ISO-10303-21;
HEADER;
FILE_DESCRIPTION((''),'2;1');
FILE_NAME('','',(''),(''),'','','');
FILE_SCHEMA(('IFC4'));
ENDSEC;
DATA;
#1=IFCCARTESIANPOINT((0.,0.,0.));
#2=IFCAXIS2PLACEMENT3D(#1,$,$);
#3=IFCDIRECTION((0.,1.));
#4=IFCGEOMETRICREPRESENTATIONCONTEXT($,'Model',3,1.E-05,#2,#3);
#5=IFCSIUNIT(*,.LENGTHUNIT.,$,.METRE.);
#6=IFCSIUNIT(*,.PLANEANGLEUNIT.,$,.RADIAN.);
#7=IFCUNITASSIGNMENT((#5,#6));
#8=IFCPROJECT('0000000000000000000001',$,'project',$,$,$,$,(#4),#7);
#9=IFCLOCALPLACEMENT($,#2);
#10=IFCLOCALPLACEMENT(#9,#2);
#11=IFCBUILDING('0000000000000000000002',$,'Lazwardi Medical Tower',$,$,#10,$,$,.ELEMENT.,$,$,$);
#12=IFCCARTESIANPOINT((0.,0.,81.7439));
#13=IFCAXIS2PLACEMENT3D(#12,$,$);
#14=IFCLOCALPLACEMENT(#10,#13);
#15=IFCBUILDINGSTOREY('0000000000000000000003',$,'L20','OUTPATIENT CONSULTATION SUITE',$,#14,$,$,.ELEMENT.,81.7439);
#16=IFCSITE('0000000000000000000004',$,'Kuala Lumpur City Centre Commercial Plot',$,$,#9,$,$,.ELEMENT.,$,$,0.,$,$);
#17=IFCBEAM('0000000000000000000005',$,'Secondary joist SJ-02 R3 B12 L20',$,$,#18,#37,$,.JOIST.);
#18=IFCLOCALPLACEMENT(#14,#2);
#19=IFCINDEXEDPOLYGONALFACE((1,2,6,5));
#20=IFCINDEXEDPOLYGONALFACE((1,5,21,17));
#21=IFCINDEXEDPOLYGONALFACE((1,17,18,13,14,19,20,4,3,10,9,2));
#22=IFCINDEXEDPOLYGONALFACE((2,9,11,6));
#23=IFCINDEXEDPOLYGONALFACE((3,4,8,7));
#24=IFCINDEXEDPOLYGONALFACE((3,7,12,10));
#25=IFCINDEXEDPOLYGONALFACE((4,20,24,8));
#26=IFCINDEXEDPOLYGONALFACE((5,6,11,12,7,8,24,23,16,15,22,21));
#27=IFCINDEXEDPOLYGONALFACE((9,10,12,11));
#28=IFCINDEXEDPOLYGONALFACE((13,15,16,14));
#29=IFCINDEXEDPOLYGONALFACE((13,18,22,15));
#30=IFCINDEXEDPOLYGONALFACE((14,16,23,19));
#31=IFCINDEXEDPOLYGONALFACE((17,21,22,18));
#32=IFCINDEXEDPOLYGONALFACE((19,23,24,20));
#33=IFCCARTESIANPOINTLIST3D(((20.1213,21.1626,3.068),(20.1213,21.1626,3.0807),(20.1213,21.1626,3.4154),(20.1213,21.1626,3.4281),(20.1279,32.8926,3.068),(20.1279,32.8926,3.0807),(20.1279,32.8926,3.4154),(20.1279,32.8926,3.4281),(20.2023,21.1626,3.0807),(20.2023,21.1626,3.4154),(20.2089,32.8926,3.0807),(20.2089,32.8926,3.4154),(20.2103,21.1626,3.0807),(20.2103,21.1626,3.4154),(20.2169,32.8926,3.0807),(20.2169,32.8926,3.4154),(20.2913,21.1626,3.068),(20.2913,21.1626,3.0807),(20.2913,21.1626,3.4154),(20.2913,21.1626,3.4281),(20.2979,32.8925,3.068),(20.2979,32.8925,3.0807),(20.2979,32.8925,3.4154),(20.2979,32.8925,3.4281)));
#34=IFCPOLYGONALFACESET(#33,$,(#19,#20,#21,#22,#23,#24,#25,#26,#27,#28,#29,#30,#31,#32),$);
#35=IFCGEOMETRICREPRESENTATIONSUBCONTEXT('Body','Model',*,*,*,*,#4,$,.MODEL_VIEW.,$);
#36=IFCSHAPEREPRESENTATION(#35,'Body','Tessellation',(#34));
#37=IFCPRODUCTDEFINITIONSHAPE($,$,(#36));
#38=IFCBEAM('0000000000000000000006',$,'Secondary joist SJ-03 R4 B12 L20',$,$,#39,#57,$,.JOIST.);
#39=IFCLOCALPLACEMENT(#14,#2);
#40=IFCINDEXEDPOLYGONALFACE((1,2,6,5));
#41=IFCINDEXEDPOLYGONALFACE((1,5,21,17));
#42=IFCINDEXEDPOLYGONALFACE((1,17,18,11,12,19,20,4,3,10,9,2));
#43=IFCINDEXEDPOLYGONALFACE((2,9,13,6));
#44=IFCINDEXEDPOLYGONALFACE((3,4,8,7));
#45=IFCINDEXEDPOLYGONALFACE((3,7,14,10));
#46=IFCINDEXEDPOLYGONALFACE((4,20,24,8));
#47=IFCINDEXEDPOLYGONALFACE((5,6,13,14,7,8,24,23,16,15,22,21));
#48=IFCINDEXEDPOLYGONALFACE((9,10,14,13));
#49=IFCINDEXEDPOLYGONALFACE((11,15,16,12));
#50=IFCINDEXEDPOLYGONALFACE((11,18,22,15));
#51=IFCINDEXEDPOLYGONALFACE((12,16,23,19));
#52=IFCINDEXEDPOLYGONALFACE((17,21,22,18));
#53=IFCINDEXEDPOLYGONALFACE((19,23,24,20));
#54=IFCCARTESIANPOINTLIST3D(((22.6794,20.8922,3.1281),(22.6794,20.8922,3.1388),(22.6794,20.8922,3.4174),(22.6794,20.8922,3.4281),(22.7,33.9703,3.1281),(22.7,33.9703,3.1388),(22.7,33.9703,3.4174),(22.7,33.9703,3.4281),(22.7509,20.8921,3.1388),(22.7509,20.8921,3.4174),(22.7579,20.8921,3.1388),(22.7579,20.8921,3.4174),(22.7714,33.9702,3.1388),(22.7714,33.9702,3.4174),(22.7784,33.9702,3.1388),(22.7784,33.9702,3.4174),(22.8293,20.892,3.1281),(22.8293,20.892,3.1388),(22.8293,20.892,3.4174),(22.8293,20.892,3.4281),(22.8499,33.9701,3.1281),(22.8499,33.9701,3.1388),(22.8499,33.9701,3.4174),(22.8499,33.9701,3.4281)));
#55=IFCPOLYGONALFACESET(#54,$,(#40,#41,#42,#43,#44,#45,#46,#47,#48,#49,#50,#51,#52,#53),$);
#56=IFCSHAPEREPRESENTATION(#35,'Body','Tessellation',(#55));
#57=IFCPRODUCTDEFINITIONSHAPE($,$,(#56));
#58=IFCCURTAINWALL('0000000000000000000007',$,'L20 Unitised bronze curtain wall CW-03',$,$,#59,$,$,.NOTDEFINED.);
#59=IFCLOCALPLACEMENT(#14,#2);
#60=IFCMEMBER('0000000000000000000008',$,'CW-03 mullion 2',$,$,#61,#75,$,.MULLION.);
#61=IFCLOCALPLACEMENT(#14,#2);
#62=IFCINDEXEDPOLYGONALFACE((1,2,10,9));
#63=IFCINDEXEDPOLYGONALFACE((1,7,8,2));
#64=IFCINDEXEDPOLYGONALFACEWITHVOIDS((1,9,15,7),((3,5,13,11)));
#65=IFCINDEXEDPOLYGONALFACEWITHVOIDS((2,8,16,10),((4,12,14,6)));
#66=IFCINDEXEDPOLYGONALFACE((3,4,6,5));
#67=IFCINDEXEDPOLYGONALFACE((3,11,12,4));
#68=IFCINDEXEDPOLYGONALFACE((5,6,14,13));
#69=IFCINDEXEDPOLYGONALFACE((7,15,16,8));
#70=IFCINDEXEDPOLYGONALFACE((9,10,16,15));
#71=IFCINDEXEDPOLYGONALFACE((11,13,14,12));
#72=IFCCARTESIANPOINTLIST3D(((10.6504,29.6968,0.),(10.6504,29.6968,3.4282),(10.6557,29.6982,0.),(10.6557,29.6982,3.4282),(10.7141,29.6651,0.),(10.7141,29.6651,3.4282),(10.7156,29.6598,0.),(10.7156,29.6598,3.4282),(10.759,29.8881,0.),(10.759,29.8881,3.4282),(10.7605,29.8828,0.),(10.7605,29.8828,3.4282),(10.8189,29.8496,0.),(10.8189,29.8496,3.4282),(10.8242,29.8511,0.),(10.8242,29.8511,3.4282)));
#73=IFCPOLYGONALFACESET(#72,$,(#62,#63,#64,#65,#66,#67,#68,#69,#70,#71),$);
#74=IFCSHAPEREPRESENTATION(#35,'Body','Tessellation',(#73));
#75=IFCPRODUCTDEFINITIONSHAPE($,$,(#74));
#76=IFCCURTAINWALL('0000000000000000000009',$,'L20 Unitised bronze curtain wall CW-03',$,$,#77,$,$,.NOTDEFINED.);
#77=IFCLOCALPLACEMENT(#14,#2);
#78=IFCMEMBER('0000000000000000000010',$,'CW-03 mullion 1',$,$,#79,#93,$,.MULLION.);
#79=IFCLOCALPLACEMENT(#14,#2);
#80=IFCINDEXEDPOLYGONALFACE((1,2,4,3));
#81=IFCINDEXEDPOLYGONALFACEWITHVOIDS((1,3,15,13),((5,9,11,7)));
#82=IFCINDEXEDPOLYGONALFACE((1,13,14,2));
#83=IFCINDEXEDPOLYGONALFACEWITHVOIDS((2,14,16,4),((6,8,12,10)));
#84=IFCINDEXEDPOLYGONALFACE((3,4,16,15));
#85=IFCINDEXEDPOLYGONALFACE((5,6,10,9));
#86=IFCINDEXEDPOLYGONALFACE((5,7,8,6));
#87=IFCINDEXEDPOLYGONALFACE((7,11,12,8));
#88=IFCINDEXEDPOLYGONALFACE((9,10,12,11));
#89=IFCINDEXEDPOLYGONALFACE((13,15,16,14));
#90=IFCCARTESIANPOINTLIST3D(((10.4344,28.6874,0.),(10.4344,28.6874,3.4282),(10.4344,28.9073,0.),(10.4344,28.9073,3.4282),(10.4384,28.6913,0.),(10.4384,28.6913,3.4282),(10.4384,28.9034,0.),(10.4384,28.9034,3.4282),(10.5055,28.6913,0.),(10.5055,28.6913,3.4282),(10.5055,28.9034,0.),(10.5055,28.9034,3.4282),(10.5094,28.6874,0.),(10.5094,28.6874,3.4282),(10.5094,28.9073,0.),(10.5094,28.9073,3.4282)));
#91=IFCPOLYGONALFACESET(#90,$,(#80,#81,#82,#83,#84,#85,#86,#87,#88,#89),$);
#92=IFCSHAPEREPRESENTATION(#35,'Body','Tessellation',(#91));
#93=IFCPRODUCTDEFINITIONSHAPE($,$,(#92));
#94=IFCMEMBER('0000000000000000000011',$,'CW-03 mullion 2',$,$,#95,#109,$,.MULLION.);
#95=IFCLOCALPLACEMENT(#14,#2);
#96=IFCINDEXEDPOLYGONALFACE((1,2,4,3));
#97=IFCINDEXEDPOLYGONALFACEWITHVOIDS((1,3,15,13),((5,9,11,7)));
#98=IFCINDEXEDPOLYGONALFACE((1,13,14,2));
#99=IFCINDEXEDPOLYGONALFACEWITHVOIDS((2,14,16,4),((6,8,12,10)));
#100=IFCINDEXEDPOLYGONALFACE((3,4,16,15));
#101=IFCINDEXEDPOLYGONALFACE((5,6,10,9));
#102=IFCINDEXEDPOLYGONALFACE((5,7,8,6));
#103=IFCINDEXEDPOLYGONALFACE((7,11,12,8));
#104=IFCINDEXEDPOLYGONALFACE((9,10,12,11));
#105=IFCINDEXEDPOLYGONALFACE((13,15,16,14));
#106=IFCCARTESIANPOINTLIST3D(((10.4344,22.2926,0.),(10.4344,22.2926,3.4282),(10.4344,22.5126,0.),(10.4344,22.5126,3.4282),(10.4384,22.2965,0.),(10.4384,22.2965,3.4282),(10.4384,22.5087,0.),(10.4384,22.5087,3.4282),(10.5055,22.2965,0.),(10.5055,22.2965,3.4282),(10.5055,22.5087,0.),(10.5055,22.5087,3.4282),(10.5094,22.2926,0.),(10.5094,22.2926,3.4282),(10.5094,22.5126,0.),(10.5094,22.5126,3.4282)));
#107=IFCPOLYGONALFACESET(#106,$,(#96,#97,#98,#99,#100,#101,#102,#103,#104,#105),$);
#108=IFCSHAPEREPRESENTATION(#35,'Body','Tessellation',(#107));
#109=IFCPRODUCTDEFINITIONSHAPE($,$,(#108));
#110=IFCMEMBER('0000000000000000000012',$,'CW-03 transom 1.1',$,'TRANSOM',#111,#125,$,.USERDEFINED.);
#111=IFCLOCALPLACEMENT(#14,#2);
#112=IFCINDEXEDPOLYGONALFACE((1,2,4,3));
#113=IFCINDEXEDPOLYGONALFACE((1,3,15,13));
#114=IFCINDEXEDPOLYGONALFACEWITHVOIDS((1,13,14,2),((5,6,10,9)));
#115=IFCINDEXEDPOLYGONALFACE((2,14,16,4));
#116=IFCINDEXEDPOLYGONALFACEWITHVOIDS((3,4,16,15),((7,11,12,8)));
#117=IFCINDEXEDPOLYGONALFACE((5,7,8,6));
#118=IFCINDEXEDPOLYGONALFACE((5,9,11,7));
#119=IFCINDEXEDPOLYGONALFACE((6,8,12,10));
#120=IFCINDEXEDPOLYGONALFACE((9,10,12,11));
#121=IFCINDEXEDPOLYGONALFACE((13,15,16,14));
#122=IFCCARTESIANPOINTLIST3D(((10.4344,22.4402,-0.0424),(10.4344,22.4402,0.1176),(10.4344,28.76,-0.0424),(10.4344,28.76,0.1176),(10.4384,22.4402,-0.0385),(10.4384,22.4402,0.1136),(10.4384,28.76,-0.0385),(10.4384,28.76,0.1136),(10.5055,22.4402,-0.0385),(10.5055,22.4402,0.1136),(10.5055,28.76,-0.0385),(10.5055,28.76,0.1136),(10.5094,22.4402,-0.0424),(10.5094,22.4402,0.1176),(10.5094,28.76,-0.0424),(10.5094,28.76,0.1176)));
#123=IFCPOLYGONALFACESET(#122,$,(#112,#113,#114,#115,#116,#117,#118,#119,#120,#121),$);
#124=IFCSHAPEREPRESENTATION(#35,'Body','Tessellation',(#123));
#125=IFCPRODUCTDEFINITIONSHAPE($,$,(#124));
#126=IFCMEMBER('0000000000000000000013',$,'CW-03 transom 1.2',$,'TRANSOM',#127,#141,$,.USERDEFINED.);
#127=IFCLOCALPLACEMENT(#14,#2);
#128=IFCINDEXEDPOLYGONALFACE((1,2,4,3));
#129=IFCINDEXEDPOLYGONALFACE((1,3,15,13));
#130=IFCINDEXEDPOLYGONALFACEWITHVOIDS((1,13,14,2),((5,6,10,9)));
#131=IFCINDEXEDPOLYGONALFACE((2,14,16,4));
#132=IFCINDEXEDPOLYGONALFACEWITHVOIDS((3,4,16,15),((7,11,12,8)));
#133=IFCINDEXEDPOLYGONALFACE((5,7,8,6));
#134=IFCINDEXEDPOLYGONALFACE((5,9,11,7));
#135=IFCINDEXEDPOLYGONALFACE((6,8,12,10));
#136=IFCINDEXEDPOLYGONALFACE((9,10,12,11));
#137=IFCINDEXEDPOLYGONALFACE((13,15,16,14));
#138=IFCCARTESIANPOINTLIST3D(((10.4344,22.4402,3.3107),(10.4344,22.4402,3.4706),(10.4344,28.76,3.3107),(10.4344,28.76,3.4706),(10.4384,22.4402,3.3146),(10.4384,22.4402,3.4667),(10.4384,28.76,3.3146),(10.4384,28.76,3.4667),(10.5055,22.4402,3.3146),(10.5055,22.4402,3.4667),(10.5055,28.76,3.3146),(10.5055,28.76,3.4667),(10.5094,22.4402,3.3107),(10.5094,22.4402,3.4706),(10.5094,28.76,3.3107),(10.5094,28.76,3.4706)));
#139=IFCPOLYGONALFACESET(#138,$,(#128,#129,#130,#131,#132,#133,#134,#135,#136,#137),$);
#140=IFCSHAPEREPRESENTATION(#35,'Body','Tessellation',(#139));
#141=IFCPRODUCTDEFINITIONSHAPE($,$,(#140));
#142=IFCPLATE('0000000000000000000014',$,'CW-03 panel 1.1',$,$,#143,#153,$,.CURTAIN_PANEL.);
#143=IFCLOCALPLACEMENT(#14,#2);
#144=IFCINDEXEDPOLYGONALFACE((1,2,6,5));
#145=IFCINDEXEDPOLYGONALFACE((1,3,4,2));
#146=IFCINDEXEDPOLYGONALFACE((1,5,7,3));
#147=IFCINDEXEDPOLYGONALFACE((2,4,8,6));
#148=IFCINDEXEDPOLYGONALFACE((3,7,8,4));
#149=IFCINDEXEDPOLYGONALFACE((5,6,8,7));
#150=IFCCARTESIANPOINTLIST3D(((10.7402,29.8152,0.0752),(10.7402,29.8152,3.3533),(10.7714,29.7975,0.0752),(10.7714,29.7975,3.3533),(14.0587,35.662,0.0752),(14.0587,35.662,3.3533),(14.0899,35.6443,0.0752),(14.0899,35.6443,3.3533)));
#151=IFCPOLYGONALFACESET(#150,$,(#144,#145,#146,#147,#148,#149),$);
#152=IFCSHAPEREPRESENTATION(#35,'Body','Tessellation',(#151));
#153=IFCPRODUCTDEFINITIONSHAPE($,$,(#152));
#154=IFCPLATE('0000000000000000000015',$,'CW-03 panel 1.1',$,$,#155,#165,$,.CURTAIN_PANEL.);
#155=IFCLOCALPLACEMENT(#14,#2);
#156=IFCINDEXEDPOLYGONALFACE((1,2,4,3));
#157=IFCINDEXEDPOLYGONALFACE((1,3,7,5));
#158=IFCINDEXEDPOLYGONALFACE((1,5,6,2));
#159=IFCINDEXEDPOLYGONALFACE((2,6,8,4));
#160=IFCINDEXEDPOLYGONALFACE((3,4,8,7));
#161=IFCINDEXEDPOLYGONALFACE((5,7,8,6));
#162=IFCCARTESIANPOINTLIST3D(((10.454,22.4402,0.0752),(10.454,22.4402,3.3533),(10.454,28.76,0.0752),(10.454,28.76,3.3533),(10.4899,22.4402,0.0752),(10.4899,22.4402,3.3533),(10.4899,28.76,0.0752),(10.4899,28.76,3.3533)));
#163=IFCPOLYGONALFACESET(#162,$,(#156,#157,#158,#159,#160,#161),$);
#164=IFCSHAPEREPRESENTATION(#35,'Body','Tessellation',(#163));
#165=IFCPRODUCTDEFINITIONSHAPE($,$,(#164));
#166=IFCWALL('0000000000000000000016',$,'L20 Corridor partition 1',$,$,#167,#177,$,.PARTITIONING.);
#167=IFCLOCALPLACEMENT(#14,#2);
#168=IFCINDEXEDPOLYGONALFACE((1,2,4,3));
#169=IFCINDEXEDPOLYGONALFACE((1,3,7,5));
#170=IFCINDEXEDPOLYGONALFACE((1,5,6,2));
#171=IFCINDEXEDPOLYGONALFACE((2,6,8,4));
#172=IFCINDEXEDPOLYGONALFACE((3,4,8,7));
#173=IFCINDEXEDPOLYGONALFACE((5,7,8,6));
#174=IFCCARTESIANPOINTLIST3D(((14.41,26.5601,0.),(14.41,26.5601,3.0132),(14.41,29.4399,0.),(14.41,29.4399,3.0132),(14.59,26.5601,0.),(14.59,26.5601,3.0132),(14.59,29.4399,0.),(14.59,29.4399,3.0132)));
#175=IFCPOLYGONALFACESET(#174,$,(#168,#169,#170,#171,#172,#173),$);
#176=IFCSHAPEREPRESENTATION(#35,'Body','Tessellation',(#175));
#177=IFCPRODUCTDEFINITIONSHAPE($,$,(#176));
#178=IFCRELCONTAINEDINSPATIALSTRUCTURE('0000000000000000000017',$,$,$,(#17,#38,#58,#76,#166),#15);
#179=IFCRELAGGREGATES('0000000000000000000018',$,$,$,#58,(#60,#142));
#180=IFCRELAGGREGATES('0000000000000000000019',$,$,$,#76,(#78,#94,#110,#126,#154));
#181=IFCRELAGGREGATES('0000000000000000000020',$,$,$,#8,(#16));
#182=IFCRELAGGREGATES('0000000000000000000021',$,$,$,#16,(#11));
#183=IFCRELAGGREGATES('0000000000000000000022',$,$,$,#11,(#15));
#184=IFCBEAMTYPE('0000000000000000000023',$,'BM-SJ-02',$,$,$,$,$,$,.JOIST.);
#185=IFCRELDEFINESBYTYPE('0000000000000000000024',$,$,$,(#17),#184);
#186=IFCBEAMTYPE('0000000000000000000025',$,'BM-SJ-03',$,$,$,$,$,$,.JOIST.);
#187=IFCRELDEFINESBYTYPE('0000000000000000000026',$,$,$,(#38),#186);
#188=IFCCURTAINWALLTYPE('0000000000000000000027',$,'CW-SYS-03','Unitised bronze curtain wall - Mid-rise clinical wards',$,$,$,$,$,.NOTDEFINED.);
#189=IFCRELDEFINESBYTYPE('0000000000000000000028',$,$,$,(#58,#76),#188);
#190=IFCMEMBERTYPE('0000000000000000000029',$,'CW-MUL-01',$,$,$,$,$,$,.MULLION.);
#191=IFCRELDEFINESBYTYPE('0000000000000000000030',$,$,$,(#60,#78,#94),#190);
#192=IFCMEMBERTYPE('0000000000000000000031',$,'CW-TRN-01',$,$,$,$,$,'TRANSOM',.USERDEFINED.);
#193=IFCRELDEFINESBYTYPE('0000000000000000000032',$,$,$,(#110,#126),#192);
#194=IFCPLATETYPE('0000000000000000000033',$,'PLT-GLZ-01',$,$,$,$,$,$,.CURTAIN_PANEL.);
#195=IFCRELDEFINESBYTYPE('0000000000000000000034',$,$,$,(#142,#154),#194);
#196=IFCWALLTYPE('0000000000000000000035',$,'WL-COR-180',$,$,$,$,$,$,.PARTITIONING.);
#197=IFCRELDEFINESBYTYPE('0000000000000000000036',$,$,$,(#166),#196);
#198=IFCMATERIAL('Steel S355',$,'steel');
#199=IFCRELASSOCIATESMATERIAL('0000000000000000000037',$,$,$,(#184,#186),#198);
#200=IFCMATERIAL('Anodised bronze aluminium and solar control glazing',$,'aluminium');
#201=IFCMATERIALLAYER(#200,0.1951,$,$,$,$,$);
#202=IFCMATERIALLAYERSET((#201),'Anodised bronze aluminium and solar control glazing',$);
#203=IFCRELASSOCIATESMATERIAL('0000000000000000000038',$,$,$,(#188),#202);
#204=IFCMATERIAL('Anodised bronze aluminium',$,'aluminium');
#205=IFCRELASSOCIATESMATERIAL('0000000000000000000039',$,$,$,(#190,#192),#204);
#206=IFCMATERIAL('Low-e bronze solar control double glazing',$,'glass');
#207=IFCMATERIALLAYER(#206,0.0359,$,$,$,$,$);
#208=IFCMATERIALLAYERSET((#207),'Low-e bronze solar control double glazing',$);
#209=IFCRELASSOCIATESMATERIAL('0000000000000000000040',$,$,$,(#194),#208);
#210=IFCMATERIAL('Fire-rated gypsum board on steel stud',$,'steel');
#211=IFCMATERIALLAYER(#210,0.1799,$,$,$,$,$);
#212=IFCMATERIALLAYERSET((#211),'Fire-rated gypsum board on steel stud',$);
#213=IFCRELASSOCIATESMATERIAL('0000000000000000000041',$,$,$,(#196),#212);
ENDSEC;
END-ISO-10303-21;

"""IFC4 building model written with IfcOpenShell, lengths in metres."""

from ifc_helpers import new_model, si_unit, direction, frame, frame_2d, origin, origin_2d, place, context, subcontext, project, spatial, rectangle, hollow_rectangle, i_section, extrude, material, layer, layer_set, material_profile, profile_set, type_object, element, aggregate, save


model = new_model("IFC4")

# Units and contexts
model_context = context("Model", 3, precision=1e-05, world=origin(), true_north=direction((0.0, 1.0)))
body_context = subcontext(model_context, "Body", "Model", "MODEL_VIEW")
ifc_project = project(units=[si_unit("LENGTHUNIT", "METRE"), si_unit("PLANEANGLEUNIT", "RADIAN")], contexts=[model_context])

# Site, building, storey
site_placement = place(None, origin())
site = spatial("IfcSite", under=ifc_project, at=site_placement, Name="Kuala Lumpur City Centre Commercial Plot", CompositionType="ELEMENT", RefElevation=0.0)
building_placement = place(site_placement, origin())
building = spatial("IfcBuilding", under=site, at=building_placement, Name="Lazwardi Medical Tower", CompositionType="ELEMENT")
storey_placement = place(building_placement, frame((0.0, 0.0, 81.7439)))
storey = spatial("IfcBuildingStorey", under=building, at=storey_placement, Name="L20", Description="OUTPATIENT CONSULTATION SUITE", CompositionType="ELEMENT", Elevation=81.7439)

# Beams
ifc_material_1 = material(Name="Steel S355", Category="steel")
ifc_material_profile_1 = material_profile(ifc_material_1, i_section(OverallWidth=0.1699, OverallDepth=0.3601, WebThickness=0.0081, FlangeThickness=0.0127, at=origin_2d()), Name="IPE 360")
ifc_profile_set_1 = profile_set([ifc_material_profile_1], Name="Steel S355")
beam_type_1 = type_object("IfcBeamType", Name="BM-SJ-02", PredefinedType="JOIST", material=ifc_profile_set_1)
beam_1_placement = place(storey_placement, frame((20.2129, 32.8926, 3.248), z_axis=(-0.000562, -1.0, 0.0), x_axis=(1.0, -0.000562, 0.0)))
element("IfcBeam", 1, at=beam_1_placement, inside=storey, type_object=beam_type_1, Name="Secondary joist SJ-02 R3 B12 L20", PredefinedType="JOIST", context=body_context, shape_type="SweptSolid", body=[
    extrude(i_section(OverallWidth=0.1699, OverallDepth=0.3601, WebThickness=0.0081, FlangeThickness=0.0127, at=origin_2d()), origin(), (0.0, 0.0, 1.0), 11.73),
])
ifc_material_profile_2 = material_profile(ifc_material_1, i_section(OverallWidth=0.1499, OverallDepth=0.3, WebThickness=0.0071, FlangeThickness=0.0107, at=origin_2d()), Name="IPE 300")
ifc_profile_set_2 = profile_set([ifc_material_profile_2], Name="Steel S355")
beam_type_2 = type_object("IfcBeamType", Name="BM-SJ-03", PredefinedType="JOIST", material=ifc_profile_set_2)
beam_2_placement = place(storey_placement, frame((22.7749, 33.9702, 3.2781), z_axis=(-0.001568, -0.999999, 0.0), x_axis=(0.999999, -0.001568, 0.0)))
element("IfcBeam", 2, at=beam_2_placement, inside=storey, type_object=beam_type_2, Name="Secondary joist SJ-03 R4 B12 L20", PredefinedType="JOIST", context=body_context, shape_type="SweptSolid", body=[
    extrude(i_section(OverallWidth=0.1499, OverallDepth=0.3, WebThickness=0.0071, FlangeThickness=0.0107, at=origin_2d()), origin(), (0.0, 0.0, 1.0), 13.0781),
])

# Curtain wall, member
ifc_material_2 = material(Name="Anodised bronze aluminium and solar control glazing", Category="aluminium")
ifc_layer_1 = layer(ifc_material_2, 0.1951)
ifc_layer_set_1 = layer_set([ifc_layer_1], Name="Anodised bronze aluminium and solar control glazing")
curtain_wall_type = type_object("IfcCurtainWallType", Name="CW-SYS-03", Description="Unitised bronze curtain wall - Mid-rise clinical wards", PredefinedType="NOTDEFINED", material=ifc_layer_set_1)
curtain_wall_1_placement = place(storey_placement, origin())
curtain_wall_1 = element("IfcCurtainWall", 3, at=curtain_wall_1_placement, inside=storey, type_object=curtain_wall_type, Name="L20 Unitised bronze curtain wall CW-03", PredefinedType="NOTDEFINED")
ifc_material_3 = material(Name="Anodised bronze aluminium", Category="aluminium")
ifc_material_profile_3 = material_profile(ifc_material_3, hollow_rectangle(XDim=0.075, YDim=0.22, WallThickness=0.0039, at=origin_2d()), Name="ALU-MULLION 220x75x4")
ifc_profile_set_3 = profile_set([ifc_material_profile_3], Name="Anodised bronze aluminium")
member_type_1 = type_object("IfcMemberType", Name="CW-MUL-01", PredefinedType="MULLION", material=ifc_profile_set_3)
member_1_placement = place(storey_placement, frame((10.7373, 29.7739, 0.0), z_axis=(0.0, 0.0, 1.0), x_axis=(0.869687, -0.493603, 0.0)))
member_1 = element("IfcMember", 4, at=member_1_placement, type_object=member_type_1, Name="CW-03 mullion 2", PredefinedType="MULLION", context=body_context, shape_type="SweptSolid", body=[
    extrude(hollow_rectangle(XDim=0.075, YDim=0.22, WallThickness=0.0039, at=origin_2d()), origin(), (0.0, 0.0, 1.0), 3.4282),
])

# Curtain wall, members
curtain_wall_2_placement = place(storey_placement, origin())
curtain_wall_2 = element("IfcCurtainWall", 5, at=curtain_wall_2_placement, inside=storey, type_object=curtain_wall_type, Name="L20 Unitised bronze curtain wall CW-03", PredefinedType="NOTDEFINED")
member_2_placement = place(storey_placement, frame((10.4719, 28.7974, 0.0), z_axis=(0.0, 0.0, 1.0), x_axis=(1.0, 0.0, 0.0)))
member_2 = element("IfcMember", 6, at=member_2_placement, type_object=member_type_1, Name="CW-03 mullion 1", PredefinedType="MULLION", context=body_context, shape_type="SweptSolid", body=[
    extrude(hollow_rectangle(XDim=0.075, YDim=0.22, WallThickness=0.0039, at=origin_2d()), origin(), (0.0, 0.0, 1.0), 3.4282),
])
member_3_placement = place(storey_placement, frame((10.4719, 22.4026, 0.0), z_axis=(0.0, 0.0, 1.0), x_axis=(1.0, 0.0, 0.0)))
member_3 = element("IfcMember", 7, at=member_3_placement, type_object=member_type_1, Name="CW-03 mullion 2", PredefinedType="MULLION", context=body_context, shape_type="SweptSolid", body=[
    extrude(hollow_rectangle(XDim=0.075, YDim=0.22, WallThickness=0.0039, at=origin_2d()), origin(), (0.0, 0.0, 1.0), 3.4282),
])
ifc_material_profile_4 = material_profile(ifc_material_3, hollow_rectangle(XDim=0.075, YDim=0.1599, WallThickness=0.0039, at=origin_2d()), Name="ALU-TRANSOM 160x75x4")
ifc_profile_set_4 = profile_set([ifc_material_profile_4], Name="Anodised bronze aluminium")
member_type_2 = type_object("IfcMemberType", Name="CW-TRN-01", ElementType="TRANSOM", PredefinedType="USERDEFINED", material=ifc_profile_set_4)
member_4_placement = place(storey_placement, frame((10.4719, 28.76, 0.0376), z_axis=(0.0, -1.0, 0.0), x_axis=(1.0, 0.0, 0.0)))
member_4 = element("IfcMember", 8, at=member_4_placement, type_object=member_type_2, Name="CW-03 transom 1.1", ObjectType="TRANSOM", PredefinedType="USERDEFINED", context=body_context, shape_type="SweptSolid", body=[
    extrude(hollow_rectangle(XDim=0.075, YDim=0.1599, WallThickness=0.0039, at=origin_2d()), origin(), (0.0, 0.0, 1.0), 6.3198),
])
member_5_placement = place(storey_placement, frame((10.4719, 28.76, 3.3906), z_axis=(0.0, -1.0, 0.0), x_axis=(1.0, 0.0, 0.0)))
member_5 = element("IfcMember", 9, at=member_5_placement, type_object=member_type_2, Name="CW-03 transom 1.2", ObjectType="TRANSOM", PredefinedType="USERDEFINED", context=body_context, shape_type="SweptSolid", body=[
    extrude(hollow_rectangle(XDim=0.075, YDim=0.1599, WallThickness=0.0039, at=origin_2d()), origin(), (0.0, 0.0, 1.0), 6.3198),
])

# Plates
ifc_material_4 = material(Name="Low-e bronze solar control double glazing", Category="glass")
ifc_layer_2 = layer(ifc_material_4, 0.0359)
ifc_layer_set_2 = layer_set([ifc_layer_2], Name="Low-e bronze solar control double glazing")
plate_type = type_object("IfcPlateType", Name="PLT-GLZ-01", PredefinedType="CURTAIN_PANEL", material=ifc_layer_set_2)
plate_1_placement = place(storey_placement, frame((12.415, 32.7297, 0.0752), z_axis=(0.0, 0.0, 1.0), x_axis=(-0.493603, -0.869687, 0.0)))
plate_1 = element("IfcPlate", 10, at=plate_1_placement, type_object=plate_type, Name="CW-03 panel 1.1", PredefinedType="CURTAIN_PANEL", context=body_context, shape_type="SweptSolid", body=[
    extrude(rectangle(XDim=6.7229, YDim=0.0359, at=origin_2d()), origin(), (0.0, 0.0, 1.0), 3.2781),
])
aggregate(curtain_wall_1, [member_1, plate_1])
plate_2_placement = place(storey_placement, frame((10.4719, 25.6001, 0.0752), z_axis=(0.0, 0.0, 1.0), x_axis=(0.0, -1.0, 0.0)))
plate_2 = element("IfcPlate", 11, at=plate_2_placement, type_object=plate_type, Name="CW-03 panel 1.1", PredefinedType="CURTAIN_PANEL", context=body_context, shape_type="SweptSolid", body=[
    extrude(rectangle(XDim=6.3198, YDim=0.0359, at=origin_2d()), origin(), (0.0, 0.0, 1.0), 3.2781),
])
aggregate(curtain_wall_2, [member_2, member_3, member_4, member_5, plate_2])

# Wall
ifc_material_5 = material(Name="Fire-rated gypsum board on steel stud", Category="steel")
ifc_layer_3 = layer(ifc_material_5, 0.1799)
ifc_layer_set_3 = layer_set([ifc_layer_3], Name="Fire-rated gypsum board on steel stud")
wall_type_1 = type_object("IfcWallType", Name="WL-COR-180", PredefinedType="PARTITIONING", material=ifc_layer_set_3)
wall_1_placement = place(storey_placement, frame((14.5, 26.5601, 0.0), z_axis=(0.0, 0.0, 1.0), x_axis=(0.0, 1.0, 0.0)))
element("IfcWall", 12, at=wall_1_placement, inside=storey, type_object=wall_type_1, Name="L20 Corridor partition 1", PredefinedType="PARTITIONING", context=body_context, shape_type="SweptSolid", body=[
    extrude(rectangle(XDim=2.8799, YDim=0.1799, at=frame_2d((1.4399, 0.0))), origin(), (0.0, 0.0, 1.0), 3.0132),
])

save(model, "model.ifc")
